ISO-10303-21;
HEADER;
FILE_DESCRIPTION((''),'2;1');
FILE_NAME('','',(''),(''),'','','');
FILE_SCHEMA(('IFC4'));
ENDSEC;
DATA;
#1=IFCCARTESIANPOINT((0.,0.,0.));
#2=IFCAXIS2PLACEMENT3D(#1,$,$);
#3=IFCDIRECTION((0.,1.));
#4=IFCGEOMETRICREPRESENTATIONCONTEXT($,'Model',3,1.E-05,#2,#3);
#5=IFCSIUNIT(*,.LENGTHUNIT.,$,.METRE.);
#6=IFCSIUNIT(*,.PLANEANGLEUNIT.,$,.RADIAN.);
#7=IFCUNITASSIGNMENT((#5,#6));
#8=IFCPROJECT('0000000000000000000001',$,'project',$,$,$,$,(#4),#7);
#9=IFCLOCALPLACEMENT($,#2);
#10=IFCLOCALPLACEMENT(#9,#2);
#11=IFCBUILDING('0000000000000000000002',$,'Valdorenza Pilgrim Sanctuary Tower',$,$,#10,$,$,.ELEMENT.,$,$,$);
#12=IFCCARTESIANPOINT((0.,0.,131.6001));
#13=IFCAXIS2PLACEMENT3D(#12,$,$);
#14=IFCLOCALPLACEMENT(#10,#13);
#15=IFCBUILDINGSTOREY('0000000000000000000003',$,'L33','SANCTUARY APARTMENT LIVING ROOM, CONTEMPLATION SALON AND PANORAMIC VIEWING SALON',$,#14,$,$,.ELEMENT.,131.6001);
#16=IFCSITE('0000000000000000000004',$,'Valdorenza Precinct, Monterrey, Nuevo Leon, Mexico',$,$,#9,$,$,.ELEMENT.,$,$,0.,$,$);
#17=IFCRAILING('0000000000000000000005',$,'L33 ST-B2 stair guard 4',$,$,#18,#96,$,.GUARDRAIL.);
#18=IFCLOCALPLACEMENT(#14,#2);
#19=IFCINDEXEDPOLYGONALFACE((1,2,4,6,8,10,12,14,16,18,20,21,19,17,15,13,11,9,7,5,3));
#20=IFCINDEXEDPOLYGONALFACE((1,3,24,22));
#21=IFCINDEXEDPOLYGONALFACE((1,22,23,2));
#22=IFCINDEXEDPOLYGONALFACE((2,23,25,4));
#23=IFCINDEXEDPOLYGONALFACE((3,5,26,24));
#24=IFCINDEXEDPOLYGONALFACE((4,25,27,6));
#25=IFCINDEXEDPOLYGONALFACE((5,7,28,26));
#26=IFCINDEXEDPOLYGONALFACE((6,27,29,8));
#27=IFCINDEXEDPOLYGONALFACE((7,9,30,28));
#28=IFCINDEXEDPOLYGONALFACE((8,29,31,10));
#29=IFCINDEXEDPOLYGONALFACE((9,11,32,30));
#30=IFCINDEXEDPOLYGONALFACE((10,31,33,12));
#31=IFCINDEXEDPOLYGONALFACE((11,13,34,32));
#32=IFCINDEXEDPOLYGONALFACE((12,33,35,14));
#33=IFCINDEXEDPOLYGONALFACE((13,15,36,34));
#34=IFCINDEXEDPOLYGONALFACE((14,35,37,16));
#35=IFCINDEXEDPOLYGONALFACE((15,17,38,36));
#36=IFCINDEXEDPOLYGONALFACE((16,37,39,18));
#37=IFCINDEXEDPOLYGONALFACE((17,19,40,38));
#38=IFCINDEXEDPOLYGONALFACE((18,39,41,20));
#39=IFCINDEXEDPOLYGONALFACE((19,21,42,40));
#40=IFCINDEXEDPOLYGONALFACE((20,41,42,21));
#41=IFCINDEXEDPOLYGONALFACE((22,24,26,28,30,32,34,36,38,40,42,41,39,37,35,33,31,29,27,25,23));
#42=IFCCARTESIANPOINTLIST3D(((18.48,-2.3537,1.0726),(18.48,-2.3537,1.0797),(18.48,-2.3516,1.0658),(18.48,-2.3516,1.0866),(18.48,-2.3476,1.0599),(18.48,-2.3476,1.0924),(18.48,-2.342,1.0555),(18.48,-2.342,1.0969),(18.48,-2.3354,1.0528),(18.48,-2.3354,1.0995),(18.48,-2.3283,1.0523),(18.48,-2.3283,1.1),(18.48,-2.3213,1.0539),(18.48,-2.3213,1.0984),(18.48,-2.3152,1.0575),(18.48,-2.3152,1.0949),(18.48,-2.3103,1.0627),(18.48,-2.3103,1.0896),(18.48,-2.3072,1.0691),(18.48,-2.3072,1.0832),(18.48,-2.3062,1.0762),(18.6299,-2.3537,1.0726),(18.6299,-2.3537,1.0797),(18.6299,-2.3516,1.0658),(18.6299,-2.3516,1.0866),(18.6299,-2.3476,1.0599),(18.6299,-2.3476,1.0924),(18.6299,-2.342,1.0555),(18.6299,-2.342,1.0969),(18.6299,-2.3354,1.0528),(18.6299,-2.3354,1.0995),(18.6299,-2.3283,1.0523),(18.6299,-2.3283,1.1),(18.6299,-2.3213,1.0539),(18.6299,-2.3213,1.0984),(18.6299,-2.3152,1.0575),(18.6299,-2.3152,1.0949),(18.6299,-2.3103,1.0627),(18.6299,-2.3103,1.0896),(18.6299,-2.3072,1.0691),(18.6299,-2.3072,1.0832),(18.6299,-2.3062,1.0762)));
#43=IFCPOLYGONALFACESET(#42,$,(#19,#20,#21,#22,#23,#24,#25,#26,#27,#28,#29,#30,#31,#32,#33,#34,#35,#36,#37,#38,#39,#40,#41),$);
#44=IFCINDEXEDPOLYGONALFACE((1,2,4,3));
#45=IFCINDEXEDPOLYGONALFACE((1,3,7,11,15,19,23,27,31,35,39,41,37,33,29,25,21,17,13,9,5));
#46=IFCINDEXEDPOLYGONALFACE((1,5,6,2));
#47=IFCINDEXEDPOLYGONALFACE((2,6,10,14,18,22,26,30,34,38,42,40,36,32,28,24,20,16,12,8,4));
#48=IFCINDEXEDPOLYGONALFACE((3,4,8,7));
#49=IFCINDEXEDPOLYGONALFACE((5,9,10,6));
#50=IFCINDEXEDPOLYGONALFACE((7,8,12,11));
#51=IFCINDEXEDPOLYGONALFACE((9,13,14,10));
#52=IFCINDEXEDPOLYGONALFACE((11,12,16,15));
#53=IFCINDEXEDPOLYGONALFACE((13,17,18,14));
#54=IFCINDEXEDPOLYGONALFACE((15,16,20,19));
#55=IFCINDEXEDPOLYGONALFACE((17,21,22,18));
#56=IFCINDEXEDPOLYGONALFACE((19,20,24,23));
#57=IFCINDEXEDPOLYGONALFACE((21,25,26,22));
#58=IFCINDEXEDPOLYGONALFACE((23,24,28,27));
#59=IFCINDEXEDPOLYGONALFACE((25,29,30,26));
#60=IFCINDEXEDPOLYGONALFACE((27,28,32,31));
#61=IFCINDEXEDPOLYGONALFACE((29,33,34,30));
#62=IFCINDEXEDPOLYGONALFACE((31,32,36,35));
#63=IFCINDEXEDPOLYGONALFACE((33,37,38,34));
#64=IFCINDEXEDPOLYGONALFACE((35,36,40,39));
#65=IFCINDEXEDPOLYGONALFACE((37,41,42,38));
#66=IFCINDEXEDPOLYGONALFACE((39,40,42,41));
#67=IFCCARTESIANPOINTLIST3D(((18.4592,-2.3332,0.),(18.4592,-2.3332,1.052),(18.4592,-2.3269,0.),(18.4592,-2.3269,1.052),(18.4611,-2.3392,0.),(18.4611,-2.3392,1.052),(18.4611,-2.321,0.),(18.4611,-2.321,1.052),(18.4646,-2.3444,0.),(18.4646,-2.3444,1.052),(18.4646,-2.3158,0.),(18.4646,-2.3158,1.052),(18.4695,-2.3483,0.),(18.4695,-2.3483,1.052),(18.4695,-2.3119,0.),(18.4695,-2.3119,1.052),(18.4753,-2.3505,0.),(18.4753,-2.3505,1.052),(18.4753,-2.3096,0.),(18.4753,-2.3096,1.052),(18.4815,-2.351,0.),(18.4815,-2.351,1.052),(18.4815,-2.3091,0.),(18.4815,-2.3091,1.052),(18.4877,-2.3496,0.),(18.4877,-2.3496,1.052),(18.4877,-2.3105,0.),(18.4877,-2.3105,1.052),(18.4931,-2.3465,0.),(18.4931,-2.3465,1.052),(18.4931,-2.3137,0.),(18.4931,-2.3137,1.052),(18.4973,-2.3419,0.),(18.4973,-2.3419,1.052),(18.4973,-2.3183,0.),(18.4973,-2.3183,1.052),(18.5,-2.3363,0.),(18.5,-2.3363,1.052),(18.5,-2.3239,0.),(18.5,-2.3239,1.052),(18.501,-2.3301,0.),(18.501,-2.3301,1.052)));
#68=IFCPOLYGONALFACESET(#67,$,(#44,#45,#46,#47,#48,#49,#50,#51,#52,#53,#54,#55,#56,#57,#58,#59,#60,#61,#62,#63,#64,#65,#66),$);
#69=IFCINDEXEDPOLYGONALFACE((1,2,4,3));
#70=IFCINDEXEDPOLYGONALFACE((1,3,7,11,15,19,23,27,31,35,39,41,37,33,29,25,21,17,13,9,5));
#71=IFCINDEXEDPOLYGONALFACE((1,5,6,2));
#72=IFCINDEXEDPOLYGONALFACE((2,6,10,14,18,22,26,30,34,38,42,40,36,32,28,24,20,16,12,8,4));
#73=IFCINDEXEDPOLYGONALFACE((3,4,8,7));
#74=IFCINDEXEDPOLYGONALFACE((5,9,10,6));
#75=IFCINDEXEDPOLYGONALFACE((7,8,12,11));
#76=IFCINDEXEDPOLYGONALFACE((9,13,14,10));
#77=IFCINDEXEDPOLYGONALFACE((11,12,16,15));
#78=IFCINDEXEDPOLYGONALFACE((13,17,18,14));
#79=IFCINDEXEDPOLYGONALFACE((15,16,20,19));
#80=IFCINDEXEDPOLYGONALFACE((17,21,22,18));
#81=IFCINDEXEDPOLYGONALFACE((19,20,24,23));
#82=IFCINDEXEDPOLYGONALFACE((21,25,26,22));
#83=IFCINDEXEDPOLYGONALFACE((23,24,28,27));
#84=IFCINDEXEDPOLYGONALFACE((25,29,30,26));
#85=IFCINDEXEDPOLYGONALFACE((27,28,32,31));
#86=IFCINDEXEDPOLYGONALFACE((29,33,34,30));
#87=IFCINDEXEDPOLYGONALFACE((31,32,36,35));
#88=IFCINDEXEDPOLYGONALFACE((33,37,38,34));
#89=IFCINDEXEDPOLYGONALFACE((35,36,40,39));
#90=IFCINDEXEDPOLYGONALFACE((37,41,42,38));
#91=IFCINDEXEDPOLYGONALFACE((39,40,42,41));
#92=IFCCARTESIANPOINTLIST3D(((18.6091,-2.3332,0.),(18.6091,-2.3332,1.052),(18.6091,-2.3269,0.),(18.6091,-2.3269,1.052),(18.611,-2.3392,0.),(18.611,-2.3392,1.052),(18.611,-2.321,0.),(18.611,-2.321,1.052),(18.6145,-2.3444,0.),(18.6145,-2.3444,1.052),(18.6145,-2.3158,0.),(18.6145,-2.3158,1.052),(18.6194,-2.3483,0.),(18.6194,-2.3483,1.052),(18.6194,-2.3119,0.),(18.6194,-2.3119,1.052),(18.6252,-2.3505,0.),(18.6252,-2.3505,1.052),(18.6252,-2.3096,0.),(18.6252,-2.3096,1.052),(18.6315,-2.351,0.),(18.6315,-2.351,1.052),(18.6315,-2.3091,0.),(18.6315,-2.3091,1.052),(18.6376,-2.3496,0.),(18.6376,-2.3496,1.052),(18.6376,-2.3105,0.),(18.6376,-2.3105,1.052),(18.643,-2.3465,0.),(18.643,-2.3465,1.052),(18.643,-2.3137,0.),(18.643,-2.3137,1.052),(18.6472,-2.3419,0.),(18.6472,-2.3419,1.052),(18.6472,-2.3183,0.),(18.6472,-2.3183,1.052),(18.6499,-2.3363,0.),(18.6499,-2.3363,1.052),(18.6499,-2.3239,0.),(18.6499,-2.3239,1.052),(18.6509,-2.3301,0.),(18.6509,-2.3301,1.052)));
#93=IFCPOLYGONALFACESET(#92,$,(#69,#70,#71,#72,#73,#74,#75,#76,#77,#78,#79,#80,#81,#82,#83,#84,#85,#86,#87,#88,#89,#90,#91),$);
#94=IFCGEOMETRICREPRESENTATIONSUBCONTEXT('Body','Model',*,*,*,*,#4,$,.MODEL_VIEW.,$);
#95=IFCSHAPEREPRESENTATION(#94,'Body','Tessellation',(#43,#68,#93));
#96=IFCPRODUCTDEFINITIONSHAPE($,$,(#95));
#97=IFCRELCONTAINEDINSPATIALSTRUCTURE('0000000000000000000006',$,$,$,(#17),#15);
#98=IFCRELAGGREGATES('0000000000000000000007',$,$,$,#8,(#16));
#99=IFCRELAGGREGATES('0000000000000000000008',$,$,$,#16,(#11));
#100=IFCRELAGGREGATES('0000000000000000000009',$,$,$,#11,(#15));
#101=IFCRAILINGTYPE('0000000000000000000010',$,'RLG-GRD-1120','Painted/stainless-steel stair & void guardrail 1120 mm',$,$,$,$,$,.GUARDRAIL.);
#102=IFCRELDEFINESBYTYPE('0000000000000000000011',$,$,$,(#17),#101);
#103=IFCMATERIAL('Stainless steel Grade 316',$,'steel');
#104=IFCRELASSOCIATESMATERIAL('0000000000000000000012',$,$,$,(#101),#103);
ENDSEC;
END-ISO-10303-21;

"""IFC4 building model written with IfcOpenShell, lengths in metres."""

from ifc_helpers import new_model, si_unit, direction, frame, origin, origin_2d, place, context, subcontext, project, spatial, circle, extrude, material, type_object, element, save


model = new_model("IFC4")

# Units and contexts
model_context = context("Model", 3, precision=1e-05, world=origin(), true_north=direction((0.0, 1.0)))
body_context = subcontext(model_context, "Body", "Model", "MODEL_VIEW")
ifc_project = project(units=[si_unit("LENGTHUNIT", "METRE"), si_unit("PLANEANGLEUNIT", "RADIAN")], contexts=[model_context])

# Site, building, storey
site_placement = place(None, origin())
site = spatial("IfcSite", under=ifc_project, at=site_placement, Name="Valdorenza Precinct, Monterrey, Nuevo Leon, Mexico", CompositionType="ELEMENT", RefElevation=0.0)
building_placement = place(site_placement, origin())
building = spatial("IfcBuilding", under=site, at=building_placement, Name="Valdorenza Pilgrim Sanctuary Tower", CompositionType="ELEMENT")
storey_placement = place(building_placement, frame((0.0, 0.0, 131.6001)))
storey = spatial("IfcBuildingStorey", under=building, at=storey_placement, Name="L33", Description="SANCTUARY APARTMENT LIVING ROOM, CONTEMPLATION SALON AND PANORAMIC VIEWING SALON", CompositionType="ELEMENT", Elevation=131.6001)

# Railing
ifc_material_1 = material(Name="Stainless steel Grade 316", Category="steel")
railing_type_1 = type_object("IfcRailingType", Name="RLG-GRD-1120", Description="Painted/stainless-steel stair & void guardrail 1120 mm", PredefinedType="GUARDRAIL", material=ifc_material_1)
railing_1_placement = place(storey_placement, frame((18.48, -2.3301, 0.0)))
element("IfcRailing", 1, at=railing_1_placement, inside=storey, type_object=railing_type_1, Name="L33 ST-B2 stair guard 4", PredefinedType="GUARDRAIL", context=body_context, shape_type="SweptSolid", body=[
    extrude(circle(Radius=0.0239, at=origin_2d()), frame((0.0, 0.0, 1.0762), z_axis=(1.0, 0.0, 0.0), x_axis=(0.0, 1.0, 0.0)), (0.0, 0.0, 1.0), 0.1499),
    extrude(circle(Radius=0.021, at=origin_2d()), origin(), (0.0, 0.0, 1.0), 1.052),
    extrude(circle(Radius=0.021, at=origin_2d()), frame((0.1499, 0.0, 0.0)), (0.0, 0.0, 1.0), 1.052),
])

save(model, "model.ifc")
